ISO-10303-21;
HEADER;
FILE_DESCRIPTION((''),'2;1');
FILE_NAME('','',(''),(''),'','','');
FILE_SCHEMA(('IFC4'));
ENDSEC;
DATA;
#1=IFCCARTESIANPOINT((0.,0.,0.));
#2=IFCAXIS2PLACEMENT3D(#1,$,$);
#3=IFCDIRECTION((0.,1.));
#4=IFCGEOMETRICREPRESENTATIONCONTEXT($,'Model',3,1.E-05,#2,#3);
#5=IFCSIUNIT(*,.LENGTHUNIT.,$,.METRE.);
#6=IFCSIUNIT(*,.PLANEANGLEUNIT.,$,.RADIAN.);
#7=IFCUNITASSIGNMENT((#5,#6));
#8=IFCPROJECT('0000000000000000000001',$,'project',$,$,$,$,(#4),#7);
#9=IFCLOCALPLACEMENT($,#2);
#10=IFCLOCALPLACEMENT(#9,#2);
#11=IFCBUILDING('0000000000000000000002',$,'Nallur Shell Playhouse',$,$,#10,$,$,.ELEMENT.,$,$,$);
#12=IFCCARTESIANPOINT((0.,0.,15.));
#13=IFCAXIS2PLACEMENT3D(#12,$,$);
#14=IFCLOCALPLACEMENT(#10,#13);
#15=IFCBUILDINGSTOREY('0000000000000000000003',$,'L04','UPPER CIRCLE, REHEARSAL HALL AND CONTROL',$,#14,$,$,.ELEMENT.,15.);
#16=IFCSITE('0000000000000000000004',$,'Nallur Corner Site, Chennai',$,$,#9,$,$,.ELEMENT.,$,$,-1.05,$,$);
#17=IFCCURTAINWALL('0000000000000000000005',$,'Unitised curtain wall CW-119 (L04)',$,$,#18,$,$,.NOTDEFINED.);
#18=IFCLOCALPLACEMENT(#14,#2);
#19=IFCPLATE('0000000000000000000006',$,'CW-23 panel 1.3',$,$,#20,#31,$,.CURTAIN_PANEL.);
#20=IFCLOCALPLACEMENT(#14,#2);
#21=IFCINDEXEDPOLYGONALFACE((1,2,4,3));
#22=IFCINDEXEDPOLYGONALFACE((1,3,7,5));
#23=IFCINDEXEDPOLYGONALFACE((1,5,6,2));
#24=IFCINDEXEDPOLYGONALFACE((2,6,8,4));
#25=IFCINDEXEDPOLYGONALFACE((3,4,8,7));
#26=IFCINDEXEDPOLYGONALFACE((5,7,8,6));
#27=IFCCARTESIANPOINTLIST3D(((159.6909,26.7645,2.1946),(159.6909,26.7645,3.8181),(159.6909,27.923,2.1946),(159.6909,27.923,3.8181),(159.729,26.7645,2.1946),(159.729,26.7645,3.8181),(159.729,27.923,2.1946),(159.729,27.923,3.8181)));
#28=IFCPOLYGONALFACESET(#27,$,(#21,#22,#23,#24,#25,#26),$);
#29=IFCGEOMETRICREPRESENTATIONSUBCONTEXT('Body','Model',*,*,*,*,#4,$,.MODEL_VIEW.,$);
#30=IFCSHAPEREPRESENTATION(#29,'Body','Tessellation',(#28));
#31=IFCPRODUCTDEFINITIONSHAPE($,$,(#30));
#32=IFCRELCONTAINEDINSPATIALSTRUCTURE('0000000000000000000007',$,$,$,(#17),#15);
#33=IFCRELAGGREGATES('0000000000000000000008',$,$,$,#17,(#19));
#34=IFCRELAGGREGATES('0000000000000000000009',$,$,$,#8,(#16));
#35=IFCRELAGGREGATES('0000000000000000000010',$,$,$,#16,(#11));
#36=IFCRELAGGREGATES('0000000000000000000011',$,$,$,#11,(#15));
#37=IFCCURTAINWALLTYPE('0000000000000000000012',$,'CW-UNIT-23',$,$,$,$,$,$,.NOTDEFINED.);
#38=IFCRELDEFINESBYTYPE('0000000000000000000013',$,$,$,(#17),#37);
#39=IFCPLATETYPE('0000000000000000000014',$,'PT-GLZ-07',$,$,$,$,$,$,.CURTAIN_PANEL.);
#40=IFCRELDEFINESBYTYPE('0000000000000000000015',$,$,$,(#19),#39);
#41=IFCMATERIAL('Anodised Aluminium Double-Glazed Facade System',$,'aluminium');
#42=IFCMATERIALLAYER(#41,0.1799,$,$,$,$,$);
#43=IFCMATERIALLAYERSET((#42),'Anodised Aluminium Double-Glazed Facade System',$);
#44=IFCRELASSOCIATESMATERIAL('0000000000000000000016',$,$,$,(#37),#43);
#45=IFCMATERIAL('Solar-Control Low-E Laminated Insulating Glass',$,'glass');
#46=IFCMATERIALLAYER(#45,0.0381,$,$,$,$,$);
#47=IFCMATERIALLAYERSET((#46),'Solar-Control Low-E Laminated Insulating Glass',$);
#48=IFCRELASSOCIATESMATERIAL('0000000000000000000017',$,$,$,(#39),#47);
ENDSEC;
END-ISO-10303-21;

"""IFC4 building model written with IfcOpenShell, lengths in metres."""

from ifc_helpers import new_model, si_unit, direction, frame, origin, origin_2d, place, context, subcontext, project, spatial, rectangle, extrude, material, layer, layer_set, type_object, element, aggregate, save


model = new_model("IFC4")

# Units and contexts
model_context = context("Model", 3, precision=1e-05, world=origin(), true_north=direction((0.0, 1.0)))
body_context = subcontext(model_context, "Body", "Model", "MODEL_VIEW")
ifc_project = project(units=[si_unit("LENGTHUNIT", "METRE"), si_unit("PLANEANGLEUNIT", "RADIAN")], contexts=[model_context])

# Site, building, storey
site_placement = place(None, origin())
site = spatial("IfcSite", under=ifc_project, at=site_placement, Name="Nallur Corner Site, Chennai", CompositionType="ELEMENT", RefElevation=-1.05)
building_placement = place(site_placement, origin())
building = spatial("IfcBuilding", under=site, at=building_placement, Name="Nallur Shell Playhouse", CompositionType="ELEMENT")
storey_placement = place(building_placement, frame((0.0, 0.0, 15.0)))
storey = spatial("IfcBuildingStorey", under=building, at=storey_placement, Name="L04", Description="UPPER CIRCLE, REHEARSAL HALL AND CONTROL", CompositionType="ELEMENT", Elevation=15.0)

# Curtain wall
ifc_material_1 = material(Name="Anodised Aluminium Double-Glazed Facade System", Category="aluminium")
ifc_layer_1 = layer(ifc_material_1, 0.1799)
ifc_layer_set_1 = layer_set([ifc_layer_1], Name="Anodised Aluminium Double-Glazed Facade System")
curtain_wall_type_1 = type_object("IfcCurtainWallType", Name="CW-UNIT-23", PredefinedType="NOTDEFINED", material=ifc_layer_set_1)
curtain_wall_1_placement = place(storey_placement, origin())
curtain_wall_1 = element("IfcCurtainWall", 1, at=curtain_wall_1_placement, inside=storey, type_object=curtain_wall_type_1, Name="Unitised curtain wall CW-119 (L04)", PredefinedType="NOTDEFINED")

# Plate
ifc_material_2 = material(Name="Solar-Control Low-E Laminated Insulating Glass", Category="glass")
ifc_layer_2 = layer(ifc_material_2, 0.0381)
ifc_layer_set_2 = layer_set([ifc_layer_2], Name="Solar-Control Low-E Laminated Insulating Glass")
plate_type_1 = type_object("IfcPlateType", Name="PT-GLZ-07", PredefinedType="CURTAIN_PANEL", material=ifc_layer_set_2)
plate_1_placement = place(storey_placement, frame((159.71, 27.3438, 2.1946), z_axis=(0.0, 0.0, 1.0), x_axis=(0.0, -1.0, 0.0)))
plate_1 = element("IfcPlate", 2, at=plate_1_placement, type_object=plate_type_1, Name="CW-23 panel 1.3", PredefinedType="CURTAIN_PANEL", context=body_context, shape_type="SweptSolid", body=[
    extrude(rectangle(XDim=1.1584, YDim=0.0381, at=origin_2d()), origin(), (0.0, 0.0, 1.0), 1.6235),
])
aggregate(curtain_wall_1, [plate_1])

save(model, "model.ifc")
